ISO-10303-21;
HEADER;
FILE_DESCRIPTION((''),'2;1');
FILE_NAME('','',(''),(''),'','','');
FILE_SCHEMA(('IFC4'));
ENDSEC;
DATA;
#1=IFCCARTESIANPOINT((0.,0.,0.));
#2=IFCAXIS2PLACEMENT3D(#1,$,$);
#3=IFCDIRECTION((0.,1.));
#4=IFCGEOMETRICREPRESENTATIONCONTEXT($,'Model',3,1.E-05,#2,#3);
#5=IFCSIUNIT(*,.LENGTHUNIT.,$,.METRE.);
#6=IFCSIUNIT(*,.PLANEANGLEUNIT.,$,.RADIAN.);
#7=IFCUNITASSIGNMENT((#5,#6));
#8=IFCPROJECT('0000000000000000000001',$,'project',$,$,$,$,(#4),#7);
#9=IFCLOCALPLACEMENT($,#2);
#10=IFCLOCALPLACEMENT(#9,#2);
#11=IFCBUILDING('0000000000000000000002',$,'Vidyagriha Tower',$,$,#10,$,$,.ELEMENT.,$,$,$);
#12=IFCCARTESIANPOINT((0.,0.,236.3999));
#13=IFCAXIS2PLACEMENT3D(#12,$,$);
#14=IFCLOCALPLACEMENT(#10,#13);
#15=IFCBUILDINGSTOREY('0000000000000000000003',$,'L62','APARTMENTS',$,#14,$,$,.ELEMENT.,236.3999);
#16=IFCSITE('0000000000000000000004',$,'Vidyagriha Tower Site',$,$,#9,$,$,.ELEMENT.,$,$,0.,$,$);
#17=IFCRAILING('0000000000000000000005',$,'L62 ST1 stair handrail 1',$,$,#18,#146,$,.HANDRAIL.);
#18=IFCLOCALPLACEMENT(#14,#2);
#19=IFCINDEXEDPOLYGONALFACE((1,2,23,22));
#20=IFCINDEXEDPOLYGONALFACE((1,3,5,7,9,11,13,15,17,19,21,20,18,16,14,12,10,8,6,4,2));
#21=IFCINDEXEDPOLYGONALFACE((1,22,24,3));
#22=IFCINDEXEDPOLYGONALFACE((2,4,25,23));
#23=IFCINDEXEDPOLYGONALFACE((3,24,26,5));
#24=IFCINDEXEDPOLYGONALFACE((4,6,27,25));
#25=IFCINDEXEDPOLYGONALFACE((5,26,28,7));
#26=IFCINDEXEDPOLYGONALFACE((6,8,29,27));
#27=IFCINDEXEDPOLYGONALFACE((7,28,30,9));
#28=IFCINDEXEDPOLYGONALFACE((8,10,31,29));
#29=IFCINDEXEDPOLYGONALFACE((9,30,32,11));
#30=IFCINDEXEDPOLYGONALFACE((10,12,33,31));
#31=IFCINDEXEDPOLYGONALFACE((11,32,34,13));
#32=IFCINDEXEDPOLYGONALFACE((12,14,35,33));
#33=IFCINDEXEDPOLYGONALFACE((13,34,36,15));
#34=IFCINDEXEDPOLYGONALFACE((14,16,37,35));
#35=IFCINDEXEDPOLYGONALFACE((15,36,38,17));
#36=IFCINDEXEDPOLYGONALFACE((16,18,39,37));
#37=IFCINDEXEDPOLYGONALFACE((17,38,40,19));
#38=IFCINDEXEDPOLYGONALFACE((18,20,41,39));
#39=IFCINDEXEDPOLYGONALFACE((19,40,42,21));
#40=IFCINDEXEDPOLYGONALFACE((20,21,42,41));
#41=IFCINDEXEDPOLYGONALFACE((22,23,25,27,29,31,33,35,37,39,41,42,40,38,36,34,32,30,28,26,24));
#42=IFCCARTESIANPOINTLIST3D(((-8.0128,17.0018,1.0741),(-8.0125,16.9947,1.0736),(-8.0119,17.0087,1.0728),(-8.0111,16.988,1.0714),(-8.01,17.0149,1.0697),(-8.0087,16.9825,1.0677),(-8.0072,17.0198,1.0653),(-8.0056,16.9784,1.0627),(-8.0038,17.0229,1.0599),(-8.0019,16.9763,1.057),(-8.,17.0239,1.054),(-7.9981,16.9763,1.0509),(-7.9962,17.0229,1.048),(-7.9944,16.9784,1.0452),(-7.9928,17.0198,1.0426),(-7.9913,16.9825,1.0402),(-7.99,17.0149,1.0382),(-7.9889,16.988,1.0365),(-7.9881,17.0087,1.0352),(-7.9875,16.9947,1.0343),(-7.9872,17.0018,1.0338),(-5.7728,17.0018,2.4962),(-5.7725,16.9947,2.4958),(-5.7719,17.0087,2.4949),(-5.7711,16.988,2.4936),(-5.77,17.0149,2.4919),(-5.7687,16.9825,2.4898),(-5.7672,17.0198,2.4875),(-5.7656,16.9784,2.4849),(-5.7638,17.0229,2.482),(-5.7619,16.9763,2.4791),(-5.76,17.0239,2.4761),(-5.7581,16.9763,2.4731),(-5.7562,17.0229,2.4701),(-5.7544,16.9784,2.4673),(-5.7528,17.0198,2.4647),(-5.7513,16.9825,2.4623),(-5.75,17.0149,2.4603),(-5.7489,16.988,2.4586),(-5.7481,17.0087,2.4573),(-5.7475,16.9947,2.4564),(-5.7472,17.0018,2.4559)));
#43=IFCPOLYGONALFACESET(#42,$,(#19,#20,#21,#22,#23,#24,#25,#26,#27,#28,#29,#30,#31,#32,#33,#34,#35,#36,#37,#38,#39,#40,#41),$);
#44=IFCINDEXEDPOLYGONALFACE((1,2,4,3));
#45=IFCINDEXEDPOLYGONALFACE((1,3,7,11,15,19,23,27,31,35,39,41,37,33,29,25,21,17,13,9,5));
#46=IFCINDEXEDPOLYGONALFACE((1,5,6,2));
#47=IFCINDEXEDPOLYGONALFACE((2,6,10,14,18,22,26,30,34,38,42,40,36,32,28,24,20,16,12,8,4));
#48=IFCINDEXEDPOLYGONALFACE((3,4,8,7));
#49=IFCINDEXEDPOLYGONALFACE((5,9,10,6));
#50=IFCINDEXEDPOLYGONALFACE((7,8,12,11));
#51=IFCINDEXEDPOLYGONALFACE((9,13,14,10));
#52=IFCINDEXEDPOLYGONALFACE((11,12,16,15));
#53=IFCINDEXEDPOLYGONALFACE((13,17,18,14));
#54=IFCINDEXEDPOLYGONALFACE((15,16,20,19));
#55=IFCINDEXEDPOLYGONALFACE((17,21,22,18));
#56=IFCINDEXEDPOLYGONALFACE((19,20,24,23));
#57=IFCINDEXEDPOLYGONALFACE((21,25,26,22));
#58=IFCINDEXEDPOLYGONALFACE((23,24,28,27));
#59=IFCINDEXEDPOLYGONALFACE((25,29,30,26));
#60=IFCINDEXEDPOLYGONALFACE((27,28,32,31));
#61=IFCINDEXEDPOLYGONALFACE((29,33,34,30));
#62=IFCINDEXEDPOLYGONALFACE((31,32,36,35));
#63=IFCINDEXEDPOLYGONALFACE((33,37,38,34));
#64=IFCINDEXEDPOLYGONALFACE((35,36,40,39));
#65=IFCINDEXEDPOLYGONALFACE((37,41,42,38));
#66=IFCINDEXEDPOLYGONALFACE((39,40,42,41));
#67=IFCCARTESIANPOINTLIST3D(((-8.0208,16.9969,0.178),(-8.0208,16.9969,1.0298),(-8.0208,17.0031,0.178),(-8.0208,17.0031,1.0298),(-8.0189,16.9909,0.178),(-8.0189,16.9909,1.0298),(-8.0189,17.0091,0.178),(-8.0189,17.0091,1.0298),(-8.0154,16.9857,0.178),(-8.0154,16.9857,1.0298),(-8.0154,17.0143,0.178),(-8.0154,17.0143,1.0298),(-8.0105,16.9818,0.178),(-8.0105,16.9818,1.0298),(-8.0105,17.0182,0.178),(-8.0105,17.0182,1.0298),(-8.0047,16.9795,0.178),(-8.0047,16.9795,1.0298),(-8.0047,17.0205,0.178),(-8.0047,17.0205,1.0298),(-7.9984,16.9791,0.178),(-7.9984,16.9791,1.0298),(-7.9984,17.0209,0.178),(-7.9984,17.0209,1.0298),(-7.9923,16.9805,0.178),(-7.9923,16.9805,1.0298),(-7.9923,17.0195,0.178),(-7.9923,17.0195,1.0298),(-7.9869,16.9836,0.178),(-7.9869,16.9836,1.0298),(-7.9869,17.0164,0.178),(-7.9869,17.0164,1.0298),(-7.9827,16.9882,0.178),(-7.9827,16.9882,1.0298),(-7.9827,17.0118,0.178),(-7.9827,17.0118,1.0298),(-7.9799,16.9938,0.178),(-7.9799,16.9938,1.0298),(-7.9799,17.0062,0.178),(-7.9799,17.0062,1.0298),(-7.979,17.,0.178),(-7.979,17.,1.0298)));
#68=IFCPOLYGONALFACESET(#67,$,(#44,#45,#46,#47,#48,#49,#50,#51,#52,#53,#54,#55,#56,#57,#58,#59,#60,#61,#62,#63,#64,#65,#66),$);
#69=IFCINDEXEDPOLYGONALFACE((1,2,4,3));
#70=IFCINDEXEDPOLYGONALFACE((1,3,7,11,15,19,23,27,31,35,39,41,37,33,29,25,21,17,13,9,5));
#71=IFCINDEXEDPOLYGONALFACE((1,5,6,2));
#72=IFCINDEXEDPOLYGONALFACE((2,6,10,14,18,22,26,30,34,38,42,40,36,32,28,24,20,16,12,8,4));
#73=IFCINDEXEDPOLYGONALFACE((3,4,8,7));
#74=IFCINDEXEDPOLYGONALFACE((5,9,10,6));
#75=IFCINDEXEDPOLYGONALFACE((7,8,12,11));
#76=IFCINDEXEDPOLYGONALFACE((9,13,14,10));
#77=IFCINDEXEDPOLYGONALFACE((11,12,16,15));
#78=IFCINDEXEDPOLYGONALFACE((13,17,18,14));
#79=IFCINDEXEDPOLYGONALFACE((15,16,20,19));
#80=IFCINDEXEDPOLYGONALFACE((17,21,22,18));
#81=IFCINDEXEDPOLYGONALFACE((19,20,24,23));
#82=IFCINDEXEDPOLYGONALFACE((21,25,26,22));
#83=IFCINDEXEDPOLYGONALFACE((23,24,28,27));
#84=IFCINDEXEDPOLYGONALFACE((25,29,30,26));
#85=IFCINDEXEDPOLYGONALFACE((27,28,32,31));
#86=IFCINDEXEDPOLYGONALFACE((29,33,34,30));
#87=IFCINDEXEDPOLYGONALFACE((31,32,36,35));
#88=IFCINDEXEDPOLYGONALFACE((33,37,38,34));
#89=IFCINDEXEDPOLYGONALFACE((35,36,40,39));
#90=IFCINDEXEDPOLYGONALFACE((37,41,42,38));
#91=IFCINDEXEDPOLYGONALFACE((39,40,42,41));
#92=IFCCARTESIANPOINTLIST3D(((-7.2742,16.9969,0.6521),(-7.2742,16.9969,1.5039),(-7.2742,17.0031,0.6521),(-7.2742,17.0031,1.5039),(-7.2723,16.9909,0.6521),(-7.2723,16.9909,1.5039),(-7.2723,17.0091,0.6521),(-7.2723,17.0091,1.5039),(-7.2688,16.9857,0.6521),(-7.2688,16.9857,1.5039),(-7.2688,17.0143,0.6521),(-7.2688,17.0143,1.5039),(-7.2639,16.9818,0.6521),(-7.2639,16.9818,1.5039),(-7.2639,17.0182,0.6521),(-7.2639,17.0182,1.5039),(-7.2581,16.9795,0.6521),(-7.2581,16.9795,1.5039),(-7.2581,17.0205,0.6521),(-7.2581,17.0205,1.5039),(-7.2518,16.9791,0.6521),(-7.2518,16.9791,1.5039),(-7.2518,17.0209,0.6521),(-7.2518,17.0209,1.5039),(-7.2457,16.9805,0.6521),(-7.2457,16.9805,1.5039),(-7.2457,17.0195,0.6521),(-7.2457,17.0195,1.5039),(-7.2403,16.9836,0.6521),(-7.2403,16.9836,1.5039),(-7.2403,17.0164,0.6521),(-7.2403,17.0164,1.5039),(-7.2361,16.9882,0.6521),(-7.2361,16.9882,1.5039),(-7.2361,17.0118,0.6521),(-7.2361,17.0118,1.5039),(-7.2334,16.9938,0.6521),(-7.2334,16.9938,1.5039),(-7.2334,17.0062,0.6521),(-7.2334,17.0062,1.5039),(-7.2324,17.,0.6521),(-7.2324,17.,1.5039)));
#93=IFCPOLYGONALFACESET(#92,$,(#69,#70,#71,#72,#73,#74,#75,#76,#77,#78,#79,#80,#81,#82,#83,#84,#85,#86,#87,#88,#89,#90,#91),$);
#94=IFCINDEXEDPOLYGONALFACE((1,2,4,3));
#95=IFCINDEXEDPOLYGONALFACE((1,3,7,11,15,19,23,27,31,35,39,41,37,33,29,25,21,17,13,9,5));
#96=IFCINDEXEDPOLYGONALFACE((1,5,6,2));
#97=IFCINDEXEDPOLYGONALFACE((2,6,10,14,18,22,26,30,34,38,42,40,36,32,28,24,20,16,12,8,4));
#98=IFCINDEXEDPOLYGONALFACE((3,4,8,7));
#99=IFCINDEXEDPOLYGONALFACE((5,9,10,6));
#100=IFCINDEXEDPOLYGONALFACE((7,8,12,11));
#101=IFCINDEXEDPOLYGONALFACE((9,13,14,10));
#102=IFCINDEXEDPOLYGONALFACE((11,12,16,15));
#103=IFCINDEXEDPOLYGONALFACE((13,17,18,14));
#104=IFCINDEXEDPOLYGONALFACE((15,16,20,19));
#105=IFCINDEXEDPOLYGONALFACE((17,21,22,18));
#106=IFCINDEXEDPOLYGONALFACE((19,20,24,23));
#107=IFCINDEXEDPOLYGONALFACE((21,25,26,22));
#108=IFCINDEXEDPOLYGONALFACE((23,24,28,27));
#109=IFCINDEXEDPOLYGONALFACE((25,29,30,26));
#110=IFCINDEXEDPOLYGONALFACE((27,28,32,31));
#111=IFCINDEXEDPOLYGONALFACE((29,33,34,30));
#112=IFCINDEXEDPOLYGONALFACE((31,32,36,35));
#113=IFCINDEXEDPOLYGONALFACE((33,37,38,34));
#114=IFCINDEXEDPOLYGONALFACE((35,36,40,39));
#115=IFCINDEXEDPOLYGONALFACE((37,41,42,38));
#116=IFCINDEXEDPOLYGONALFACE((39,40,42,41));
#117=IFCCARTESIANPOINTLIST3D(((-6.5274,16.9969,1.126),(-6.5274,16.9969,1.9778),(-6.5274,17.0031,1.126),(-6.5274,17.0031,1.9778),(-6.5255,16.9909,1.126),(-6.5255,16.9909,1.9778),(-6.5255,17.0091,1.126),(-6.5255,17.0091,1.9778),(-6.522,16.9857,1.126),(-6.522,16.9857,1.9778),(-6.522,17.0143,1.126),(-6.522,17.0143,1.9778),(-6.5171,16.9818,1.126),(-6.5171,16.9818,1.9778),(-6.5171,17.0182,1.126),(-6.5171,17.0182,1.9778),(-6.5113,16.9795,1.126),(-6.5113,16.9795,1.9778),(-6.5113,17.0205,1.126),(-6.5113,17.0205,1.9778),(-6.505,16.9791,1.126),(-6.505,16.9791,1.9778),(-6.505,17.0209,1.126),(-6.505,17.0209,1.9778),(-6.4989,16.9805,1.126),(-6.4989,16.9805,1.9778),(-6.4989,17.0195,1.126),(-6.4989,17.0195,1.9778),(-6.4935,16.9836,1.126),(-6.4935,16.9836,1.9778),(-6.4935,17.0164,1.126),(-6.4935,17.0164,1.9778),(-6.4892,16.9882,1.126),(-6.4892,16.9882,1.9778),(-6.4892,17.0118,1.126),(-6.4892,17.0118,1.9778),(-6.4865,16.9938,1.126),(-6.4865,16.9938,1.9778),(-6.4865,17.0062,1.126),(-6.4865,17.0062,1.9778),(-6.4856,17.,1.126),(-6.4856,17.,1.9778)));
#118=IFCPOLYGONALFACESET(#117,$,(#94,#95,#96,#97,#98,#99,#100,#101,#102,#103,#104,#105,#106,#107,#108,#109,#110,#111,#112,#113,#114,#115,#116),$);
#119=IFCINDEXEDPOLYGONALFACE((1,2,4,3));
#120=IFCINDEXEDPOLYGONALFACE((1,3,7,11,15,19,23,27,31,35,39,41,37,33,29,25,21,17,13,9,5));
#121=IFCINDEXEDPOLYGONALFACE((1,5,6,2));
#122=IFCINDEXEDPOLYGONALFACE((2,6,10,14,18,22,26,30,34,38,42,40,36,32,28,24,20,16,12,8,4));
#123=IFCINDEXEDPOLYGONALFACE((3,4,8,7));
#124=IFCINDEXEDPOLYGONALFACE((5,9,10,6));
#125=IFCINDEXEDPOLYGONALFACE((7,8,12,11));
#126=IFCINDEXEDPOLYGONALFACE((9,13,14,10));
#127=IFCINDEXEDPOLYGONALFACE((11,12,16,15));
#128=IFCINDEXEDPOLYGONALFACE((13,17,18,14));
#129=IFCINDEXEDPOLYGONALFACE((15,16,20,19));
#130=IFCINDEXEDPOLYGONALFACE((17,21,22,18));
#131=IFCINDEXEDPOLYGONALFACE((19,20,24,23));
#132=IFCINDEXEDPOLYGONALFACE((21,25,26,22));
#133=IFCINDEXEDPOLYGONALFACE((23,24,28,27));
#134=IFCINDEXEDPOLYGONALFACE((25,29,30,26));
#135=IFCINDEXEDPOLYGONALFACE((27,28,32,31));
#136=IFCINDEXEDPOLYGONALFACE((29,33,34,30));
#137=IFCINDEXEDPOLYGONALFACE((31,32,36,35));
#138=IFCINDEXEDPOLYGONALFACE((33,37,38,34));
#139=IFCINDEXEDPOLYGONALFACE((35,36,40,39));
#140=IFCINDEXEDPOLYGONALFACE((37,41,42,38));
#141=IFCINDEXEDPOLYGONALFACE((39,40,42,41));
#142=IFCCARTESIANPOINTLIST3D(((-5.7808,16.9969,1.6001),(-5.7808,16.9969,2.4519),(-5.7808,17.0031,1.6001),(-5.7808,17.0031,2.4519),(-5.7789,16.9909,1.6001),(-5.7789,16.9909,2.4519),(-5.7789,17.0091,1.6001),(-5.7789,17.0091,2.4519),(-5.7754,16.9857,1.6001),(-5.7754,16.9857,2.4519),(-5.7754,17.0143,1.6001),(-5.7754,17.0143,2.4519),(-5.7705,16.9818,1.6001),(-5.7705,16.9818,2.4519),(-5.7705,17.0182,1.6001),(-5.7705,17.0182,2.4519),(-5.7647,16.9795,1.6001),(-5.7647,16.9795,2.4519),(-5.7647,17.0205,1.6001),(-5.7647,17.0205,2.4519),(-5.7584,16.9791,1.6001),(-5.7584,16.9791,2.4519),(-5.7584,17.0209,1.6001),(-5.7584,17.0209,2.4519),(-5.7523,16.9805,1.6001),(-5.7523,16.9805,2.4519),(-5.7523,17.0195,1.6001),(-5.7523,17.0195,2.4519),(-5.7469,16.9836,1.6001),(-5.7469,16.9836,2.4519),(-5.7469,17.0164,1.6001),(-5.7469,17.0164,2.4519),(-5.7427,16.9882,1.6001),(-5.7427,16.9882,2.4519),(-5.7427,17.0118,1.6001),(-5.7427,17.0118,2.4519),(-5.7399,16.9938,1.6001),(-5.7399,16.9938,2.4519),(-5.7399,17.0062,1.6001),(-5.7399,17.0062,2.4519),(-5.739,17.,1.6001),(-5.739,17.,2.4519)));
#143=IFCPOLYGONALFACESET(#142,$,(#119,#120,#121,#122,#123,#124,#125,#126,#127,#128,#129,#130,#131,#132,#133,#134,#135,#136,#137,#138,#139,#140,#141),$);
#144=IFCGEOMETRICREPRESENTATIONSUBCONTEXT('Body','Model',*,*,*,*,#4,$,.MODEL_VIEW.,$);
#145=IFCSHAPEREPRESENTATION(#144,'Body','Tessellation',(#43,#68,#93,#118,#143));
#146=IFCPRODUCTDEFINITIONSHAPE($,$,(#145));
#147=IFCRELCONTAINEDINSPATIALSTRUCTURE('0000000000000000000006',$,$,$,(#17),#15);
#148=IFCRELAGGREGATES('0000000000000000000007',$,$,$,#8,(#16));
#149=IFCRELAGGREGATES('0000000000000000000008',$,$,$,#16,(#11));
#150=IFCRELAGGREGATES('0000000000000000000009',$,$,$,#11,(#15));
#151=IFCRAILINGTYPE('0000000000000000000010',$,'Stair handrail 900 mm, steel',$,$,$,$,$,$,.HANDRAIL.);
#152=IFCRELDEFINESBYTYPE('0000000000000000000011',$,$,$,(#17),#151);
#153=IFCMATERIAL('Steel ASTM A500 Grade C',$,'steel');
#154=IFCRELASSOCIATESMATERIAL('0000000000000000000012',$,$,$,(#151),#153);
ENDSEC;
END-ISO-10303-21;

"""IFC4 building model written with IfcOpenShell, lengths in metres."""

from ifc_helpers import new_model, si_unit, direction, frame, origin, origin_2d, place, context, subcontext, project, spatial, circle, extrude, material, type_object, element, save


model = new_model("IFC4")

# Units and contexts
model_context = context("Model", 3, precision=1e-05, world=origin(), true_north=direction((0.0, 1.0)))
body_context = subcontext(model_context, "Body", "Model", "MODEL_VIEW")
ifc_project = project(units=[si_unit("LENGTHUNIT", "METRE"), si_unit("PLANEANGLEUNIT", "RADIAN")], contexts=[model_context])

# Site, building, storey
site_placement = place(None, origin())
site = spatial("IfcSite", under=ifc_project, at=site_placement, Name="Vidyagriha Tower Site", CompositionType="ELEMENT", RefElevation=0.0)
building_placement = place(site_placement, origin())
building = spatial("IfcBuilding", under=site, at=building_placement, Name="Vidyagriha Tower", CompositionType="ELEMENT")
storey_placement = place(building_placement, frame((0.0, 0.0, 236.3999)))
storey = spatial("IfcBuildingStorey", under=building, at=storey_placement, Name="L62", Description="APARTMENTS", CompositionType="ELEMENT", Elevation=236.3999)

# Railing
ifc_material_1 = material(Name="Steel ASTM A500 Grade C", Category="steel")
railing_type_1 = type_object("IfcRailingType", Name="Stair handrail 900 mm, steel", PredefinedType="HANDRAIL", material=ifc_material_1)
railing_1_placement = place(storey_placement, frame((-8.0, 17.0, 0.178)))
element("IfcRailing", 1, at=railing_1_placement, inside=storey, type_object=railing_type_1, Name="L62 ST1 stair handrail 1", PredefinedType="HANDRAIL", context=body_context, shape_type="SweptSolid", body=[
    extrude(circle(Radius=0.0239, at=origin_2d()), frame((0.0, 0.0, 0.876), z_axis=(0.844229, 0.0, 0.535982), x_axis=(0.0, 1.0, 0.0)), (0.0, 0.0, 1.0), 2.6533),
    extrude(circle(Radius=0.021, at=origin_2d()), origin(), (0.0, 0.0, 1.0), 0.8518),
    extrude(circle(Radius=0.021, at=origin_2d()), frame((0.7466, 0.0, 0.4741)), (0.0, 0.0, 1.0), 0.8518),
    extrude(circle(Radius=0.021, at=origin_2d()), frame((1.4934, 0.0, 0.948)), (0.0, 0.0, 1.0), 0.8518),
    extrude(circle(Radius=0.021, at=origin_2d()), frame((2.24, 0.0, 1.4221)), (0.0, 0.0, 1.0), 0.8518),
])

save(model, "model.ifc")
